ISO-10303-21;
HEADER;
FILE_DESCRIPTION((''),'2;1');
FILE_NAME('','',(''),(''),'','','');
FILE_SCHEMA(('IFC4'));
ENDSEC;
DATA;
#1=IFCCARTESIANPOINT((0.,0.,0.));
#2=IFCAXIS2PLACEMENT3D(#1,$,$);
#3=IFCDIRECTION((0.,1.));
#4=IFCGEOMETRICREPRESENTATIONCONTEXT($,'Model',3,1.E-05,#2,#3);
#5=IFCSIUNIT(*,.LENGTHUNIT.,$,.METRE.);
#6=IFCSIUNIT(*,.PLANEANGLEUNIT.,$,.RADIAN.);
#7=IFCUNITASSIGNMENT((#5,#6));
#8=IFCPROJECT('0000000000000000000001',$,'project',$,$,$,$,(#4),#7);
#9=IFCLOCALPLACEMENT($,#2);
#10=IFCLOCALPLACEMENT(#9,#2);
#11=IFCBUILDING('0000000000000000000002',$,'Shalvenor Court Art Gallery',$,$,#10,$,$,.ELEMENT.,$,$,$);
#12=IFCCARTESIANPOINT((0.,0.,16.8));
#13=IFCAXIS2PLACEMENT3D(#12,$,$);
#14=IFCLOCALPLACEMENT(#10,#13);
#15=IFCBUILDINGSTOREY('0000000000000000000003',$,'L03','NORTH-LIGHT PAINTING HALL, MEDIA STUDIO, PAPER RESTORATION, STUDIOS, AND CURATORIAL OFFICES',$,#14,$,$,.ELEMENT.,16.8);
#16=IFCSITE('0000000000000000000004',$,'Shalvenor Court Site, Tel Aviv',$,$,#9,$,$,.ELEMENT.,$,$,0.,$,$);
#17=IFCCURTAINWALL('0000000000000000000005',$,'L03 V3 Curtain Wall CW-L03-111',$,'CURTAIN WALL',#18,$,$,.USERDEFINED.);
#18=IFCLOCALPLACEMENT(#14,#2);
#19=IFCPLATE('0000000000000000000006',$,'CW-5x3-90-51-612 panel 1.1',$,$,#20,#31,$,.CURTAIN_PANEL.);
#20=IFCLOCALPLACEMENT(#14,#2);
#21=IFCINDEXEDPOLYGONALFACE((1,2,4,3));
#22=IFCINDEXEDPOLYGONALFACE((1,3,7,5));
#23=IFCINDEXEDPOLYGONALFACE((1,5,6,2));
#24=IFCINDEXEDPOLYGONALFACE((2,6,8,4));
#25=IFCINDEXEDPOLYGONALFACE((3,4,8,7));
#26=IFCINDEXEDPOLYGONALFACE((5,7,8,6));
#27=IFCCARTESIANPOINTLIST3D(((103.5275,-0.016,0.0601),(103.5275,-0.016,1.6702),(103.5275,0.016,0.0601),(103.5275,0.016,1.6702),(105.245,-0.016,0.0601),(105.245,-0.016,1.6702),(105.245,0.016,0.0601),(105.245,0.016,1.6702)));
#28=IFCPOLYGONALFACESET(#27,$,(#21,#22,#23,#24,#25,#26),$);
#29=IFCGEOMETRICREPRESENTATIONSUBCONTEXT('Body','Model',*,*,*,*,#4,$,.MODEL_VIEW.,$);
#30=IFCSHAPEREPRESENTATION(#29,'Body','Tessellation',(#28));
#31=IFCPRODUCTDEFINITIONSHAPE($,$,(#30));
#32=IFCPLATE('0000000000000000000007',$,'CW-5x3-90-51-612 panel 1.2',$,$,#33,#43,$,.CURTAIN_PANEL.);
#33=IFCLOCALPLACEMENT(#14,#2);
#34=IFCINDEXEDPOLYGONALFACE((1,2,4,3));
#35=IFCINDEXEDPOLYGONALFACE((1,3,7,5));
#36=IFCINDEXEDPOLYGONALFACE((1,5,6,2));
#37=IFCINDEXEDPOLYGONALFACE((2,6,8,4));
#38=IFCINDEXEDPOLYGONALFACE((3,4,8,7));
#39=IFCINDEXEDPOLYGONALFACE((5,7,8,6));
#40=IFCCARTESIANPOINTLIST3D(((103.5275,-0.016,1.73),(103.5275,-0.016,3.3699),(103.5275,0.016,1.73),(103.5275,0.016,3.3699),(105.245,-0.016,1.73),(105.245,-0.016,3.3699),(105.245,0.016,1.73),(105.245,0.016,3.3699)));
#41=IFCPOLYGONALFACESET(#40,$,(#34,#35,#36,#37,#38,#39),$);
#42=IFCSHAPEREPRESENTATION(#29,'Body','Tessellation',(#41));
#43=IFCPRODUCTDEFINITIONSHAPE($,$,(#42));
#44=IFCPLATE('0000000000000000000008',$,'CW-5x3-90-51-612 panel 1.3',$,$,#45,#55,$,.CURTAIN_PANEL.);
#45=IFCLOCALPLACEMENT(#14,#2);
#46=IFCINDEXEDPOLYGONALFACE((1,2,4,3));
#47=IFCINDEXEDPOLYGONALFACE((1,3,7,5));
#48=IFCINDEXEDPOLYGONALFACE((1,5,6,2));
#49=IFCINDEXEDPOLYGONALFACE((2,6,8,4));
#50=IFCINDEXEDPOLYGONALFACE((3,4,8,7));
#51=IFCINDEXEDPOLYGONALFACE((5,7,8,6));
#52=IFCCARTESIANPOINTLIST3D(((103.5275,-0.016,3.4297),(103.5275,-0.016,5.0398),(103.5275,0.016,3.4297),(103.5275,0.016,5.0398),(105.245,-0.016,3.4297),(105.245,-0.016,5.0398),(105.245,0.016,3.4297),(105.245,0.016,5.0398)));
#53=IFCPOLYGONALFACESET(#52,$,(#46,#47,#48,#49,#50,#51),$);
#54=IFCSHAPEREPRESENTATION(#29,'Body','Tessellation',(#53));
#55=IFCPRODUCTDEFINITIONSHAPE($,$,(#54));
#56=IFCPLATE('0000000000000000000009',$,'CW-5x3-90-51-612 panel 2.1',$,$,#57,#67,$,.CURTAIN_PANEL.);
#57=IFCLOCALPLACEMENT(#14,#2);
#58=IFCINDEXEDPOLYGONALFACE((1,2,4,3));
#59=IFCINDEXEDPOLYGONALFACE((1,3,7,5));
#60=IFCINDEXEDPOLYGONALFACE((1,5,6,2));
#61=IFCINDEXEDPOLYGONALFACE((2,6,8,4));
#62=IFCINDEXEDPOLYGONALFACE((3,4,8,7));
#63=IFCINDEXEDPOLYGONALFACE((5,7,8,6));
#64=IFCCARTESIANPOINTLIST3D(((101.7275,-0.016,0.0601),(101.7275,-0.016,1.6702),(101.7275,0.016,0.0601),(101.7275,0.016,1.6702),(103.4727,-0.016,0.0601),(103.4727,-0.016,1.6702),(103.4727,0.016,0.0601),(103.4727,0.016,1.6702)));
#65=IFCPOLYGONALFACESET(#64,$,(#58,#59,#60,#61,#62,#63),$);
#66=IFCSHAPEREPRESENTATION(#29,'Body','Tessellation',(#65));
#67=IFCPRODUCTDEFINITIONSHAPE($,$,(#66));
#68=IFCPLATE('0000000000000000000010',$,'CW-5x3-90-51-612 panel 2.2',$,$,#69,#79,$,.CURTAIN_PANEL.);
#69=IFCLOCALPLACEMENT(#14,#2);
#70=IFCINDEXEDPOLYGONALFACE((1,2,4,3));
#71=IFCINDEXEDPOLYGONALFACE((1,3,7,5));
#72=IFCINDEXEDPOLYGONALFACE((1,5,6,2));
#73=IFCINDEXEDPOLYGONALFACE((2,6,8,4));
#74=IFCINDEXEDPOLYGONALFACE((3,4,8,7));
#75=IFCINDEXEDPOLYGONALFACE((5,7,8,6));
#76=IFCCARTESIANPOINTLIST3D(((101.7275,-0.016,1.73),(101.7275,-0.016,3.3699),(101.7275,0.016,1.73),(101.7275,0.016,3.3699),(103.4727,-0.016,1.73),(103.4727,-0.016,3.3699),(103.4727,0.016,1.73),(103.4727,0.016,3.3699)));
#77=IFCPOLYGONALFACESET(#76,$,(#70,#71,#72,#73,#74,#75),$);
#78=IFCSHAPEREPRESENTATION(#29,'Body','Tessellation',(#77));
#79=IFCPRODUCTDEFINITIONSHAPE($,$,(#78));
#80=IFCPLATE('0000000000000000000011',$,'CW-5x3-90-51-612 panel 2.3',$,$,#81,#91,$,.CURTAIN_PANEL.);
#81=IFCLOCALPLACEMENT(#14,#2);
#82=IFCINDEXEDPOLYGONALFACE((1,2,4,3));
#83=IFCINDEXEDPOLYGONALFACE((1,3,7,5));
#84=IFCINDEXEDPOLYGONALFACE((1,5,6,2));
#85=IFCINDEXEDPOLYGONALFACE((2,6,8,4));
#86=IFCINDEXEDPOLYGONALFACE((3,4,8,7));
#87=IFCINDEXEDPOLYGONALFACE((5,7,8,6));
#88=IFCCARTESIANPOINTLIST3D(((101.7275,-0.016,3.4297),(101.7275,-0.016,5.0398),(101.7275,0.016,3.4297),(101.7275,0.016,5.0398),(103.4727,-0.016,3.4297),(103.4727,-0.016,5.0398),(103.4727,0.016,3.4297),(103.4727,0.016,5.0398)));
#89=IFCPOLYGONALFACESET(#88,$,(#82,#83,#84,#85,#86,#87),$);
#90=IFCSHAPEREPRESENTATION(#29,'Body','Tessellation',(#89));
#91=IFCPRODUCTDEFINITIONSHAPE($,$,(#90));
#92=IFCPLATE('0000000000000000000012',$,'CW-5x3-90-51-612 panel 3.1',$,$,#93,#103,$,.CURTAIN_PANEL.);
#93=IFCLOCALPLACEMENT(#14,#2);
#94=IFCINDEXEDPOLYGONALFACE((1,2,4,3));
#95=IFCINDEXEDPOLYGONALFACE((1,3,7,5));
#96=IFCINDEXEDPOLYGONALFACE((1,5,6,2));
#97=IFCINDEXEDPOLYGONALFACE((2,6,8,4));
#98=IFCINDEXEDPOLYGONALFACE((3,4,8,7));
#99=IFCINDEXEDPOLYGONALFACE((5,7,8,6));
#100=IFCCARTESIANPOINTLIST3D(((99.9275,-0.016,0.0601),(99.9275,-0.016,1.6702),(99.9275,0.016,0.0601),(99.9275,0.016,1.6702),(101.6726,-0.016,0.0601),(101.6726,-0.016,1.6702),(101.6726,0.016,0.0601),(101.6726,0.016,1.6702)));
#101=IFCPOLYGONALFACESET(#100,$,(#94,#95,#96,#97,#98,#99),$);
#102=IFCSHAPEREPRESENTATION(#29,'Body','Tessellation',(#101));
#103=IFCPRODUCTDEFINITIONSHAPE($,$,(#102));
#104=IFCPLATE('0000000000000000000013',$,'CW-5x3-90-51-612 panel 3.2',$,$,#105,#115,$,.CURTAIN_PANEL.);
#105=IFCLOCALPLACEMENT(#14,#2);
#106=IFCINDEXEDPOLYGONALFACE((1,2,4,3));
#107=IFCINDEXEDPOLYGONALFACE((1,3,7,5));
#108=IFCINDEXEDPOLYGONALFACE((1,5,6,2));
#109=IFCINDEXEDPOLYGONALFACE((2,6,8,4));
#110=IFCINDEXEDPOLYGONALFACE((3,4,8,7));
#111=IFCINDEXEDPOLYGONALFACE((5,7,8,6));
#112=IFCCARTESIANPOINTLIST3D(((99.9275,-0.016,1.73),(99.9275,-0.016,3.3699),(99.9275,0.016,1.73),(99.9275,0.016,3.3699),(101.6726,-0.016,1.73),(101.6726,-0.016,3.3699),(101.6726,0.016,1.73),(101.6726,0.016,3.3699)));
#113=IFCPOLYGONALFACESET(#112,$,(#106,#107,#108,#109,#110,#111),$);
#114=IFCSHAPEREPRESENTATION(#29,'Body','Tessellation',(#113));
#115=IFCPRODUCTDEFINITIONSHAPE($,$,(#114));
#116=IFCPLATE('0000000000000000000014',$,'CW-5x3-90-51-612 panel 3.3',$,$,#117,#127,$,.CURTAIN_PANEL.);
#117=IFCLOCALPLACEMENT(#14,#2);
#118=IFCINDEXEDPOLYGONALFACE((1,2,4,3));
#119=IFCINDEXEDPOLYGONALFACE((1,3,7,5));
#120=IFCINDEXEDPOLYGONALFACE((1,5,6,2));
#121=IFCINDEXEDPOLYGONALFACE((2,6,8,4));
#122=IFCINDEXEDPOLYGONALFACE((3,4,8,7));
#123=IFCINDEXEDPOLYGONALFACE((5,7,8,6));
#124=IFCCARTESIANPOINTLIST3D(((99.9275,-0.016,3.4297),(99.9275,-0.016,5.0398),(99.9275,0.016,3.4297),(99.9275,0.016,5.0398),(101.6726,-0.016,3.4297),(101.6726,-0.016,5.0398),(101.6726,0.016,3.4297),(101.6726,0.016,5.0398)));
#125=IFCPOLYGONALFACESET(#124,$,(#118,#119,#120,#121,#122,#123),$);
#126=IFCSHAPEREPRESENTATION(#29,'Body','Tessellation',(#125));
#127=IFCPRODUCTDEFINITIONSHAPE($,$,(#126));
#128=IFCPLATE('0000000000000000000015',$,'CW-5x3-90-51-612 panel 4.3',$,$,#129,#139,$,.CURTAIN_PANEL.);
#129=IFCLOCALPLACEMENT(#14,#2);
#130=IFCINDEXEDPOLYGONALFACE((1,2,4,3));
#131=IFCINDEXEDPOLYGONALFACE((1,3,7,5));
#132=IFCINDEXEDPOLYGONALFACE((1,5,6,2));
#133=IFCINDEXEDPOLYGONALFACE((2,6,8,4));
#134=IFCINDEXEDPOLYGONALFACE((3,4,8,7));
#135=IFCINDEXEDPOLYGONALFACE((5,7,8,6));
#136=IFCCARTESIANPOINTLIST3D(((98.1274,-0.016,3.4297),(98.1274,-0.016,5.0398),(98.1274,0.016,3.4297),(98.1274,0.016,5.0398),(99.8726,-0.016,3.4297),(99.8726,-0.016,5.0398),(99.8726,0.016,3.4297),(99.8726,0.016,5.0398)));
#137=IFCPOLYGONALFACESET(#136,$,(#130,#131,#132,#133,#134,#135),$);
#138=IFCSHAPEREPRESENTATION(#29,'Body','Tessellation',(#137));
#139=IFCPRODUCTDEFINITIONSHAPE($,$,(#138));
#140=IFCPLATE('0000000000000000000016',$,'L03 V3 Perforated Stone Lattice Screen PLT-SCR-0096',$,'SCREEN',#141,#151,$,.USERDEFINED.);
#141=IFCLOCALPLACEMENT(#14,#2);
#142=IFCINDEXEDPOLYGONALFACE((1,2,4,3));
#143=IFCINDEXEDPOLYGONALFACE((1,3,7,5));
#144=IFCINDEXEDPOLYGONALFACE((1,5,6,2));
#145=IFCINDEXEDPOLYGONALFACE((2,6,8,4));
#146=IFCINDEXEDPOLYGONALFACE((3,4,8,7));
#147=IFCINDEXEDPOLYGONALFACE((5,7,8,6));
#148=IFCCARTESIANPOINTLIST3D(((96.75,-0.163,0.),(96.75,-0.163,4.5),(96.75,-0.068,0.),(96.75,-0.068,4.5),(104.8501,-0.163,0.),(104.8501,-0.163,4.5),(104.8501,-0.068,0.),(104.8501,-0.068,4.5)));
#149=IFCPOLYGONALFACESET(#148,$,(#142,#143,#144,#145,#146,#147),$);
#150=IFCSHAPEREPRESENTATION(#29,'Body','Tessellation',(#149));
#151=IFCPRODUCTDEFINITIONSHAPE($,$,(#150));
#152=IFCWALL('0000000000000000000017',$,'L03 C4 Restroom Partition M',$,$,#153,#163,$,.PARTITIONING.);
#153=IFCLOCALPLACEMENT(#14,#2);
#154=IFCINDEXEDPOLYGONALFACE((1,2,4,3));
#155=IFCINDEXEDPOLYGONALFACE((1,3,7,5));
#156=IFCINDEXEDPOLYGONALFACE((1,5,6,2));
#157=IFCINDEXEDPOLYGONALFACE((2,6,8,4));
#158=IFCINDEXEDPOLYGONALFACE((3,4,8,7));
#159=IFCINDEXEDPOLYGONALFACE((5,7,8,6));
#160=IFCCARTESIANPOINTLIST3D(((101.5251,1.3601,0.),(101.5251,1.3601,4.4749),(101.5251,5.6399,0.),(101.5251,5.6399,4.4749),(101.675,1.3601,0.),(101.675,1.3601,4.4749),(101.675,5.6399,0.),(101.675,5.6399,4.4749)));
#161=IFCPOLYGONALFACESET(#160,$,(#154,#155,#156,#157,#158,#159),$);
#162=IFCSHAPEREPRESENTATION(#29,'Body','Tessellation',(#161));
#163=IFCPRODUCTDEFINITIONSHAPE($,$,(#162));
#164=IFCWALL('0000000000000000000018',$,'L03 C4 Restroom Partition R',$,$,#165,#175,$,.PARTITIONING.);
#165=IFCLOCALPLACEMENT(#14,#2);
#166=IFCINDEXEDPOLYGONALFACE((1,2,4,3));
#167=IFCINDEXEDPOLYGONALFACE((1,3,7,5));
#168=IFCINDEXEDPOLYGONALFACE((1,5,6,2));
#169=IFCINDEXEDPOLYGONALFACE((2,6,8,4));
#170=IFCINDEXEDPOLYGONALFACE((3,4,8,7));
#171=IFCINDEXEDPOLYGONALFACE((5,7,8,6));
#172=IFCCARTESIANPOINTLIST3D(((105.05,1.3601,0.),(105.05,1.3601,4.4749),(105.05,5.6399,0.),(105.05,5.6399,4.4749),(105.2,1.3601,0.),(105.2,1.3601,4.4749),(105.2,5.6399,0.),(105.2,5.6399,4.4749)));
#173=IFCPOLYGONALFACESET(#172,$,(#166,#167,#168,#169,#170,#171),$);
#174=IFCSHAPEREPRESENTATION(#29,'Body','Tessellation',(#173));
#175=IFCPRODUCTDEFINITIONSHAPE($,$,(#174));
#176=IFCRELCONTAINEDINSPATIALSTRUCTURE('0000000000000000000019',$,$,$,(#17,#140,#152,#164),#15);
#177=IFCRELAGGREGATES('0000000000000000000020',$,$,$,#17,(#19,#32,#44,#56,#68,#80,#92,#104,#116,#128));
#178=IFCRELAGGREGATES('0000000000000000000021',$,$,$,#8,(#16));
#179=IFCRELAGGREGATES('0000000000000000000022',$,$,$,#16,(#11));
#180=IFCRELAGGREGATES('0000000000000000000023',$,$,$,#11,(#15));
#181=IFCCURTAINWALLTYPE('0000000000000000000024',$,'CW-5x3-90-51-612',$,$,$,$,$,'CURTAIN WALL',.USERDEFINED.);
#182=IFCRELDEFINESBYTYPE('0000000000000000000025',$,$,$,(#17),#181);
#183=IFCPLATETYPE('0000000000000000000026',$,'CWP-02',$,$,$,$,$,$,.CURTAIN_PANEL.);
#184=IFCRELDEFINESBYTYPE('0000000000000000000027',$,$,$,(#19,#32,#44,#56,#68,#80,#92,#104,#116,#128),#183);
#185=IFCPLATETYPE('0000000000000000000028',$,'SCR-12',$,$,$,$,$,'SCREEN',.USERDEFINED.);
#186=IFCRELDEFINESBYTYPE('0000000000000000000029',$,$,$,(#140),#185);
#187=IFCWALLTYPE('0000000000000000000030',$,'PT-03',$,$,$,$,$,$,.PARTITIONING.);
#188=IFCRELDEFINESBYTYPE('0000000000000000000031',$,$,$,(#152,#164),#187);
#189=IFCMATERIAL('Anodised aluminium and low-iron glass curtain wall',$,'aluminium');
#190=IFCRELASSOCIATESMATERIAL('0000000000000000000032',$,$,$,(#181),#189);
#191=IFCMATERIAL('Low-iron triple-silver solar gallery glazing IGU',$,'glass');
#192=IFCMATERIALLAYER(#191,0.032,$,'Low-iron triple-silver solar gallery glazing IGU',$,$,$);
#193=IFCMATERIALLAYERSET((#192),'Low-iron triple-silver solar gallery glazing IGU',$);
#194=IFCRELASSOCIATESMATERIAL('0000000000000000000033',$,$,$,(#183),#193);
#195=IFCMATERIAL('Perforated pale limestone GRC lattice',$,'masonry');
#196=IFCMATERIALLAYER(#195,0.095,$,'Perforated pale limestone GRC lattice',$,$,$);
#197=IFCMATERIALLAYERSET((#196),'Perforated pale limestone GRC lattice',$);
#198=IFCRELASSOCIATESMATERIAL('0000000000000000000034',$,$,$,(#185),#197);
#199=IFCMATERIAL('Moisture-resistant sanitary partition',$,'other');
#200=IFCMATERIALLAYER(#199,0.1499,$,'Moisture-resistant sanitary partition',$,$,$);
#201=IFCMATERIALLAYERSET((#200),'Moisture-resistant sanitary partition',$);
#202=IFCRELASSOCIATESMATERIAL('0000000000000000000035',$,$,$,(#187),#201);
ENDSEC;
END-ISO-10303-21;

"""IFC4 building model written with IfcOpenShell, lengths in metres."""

from ifc_helpers import new_model, si_unit, direction, frame, frame_2d, origin, origin_2d, place, context, subcontext, project, spatial, rectangle, extrude, material, layer, layer_set, type_object, element, aggregate, save


model = new_model("IFC4")

# Units and contexts
model_context = context("Model", 3, precision=1e-05, world=origin(), true_north=direction((0.0, 1.0)))
body_context = subcontext(model_context, "Body", "Model", "MODEL_VIEW")
ifc_project = project(units=[si_unit("LENGTHUNIT", "METRE"), si_unit("PLANEANGLEUNIT", "RADIAN")], contexts=[model_context])

# Site, building, storey
site_placement = place(None, origin())
site = spatial("IfcSite", under=ifc_project, at=site_placement, Name="Shalvenor Court Site, Tel Aviv", CompositionType="ELEMENT", RefElevation=0.0)
building_placement = place(site_placement, origin())
building = spatial("IfcBuilding", under=site, at=building_placement, Name="Shalvenor Court Art Gallery", CompositionType="ELEMENT")
storey_placement = place(building_placement, frame((0.0, 0.0, 16.8)))
storey = spatial("IfcBuildingStorey", under=building, at=storey_placement, Name="L03", Description="NORTH-LIGHT PAINTING HALL, MEDIA STUDIO, PAPER RESTORATION, STUDIOS, AND CURATORIAL OFFICES", CompositionType="ELEMENT", Elevation=16.8)

# Curtain wall
ifc_material_1 = material(Name="Anodised aluminium and low-iron glass curtain wall", Category="aluminium")
curtain_wall_type = type_object("IfcCurtainWallType", Name="CW-5x3-90-51-612", ElementType="CURTAIN WALL", PredefinedType="USERDEFINED", material=ifc_material_1)
curtain_wall_placement = place(storey_placement, origin())
curtain_wall = element("IfcCurtainWall", 1, at=curtain_wall_placement, inside=storey, type_object=curtain_wall_type, Name="L03 V3 Curtain Wall CW-L03-111", ObjectType="CURTAIN WALL", PredefinedType="USERDEFINED")

# Plates
ifc_material_2 = material(Name="Low-iron triple-silver solar gallery glazing IGU", Category="glass")
ifc_layer_1 = layer(ifc_material_2, 0.032, Name="Low-iron triple-silver solar gallery glazing IGU")
ifc_layer_set_1 = layer_set([ifc_layer_1], Name="Low-iron triple-silver solar gallery glazing IGU")
plate_type_1 = type_object("IfcPlateType", Name="CWP-02", PredefinedType="CURTAIN_PANEL", material=ifc_layer_set_1)
plate_1_placement = place(storey_placement, frame((104.3862, 0.0, 0.0601), z_axis=(0.0, 0.0, 1.0), x_axis=(-1.0, 0.0, 0.0)))
plate_1 = element("IfcPlate", 2, at=plate_1_placement, type_object=plate_type_1, Name="CW-5x3-90-51-612 panel 1.1", PredefinedType="CURTAIN_PANEL", context=body_context, shape_type="SweptSolid", body=[
    extrude(rectangle(XDim=1.7175, YDim=0.032, at=origin_2d()), origin(), (0.0, 0.0, 1.0), 1.6101),
])
plate_2_placement = place(storey_placement, frame((104.3862, 0.0, 1.73), z_axis=(0.0, 0.0, 1.0), x_axis=(-1.0, 0.0, 0.0)))
plate_2 = element("IfcPlate", 3, at=plate_2_placement, type_object=plate_type_1, Name="CW-5x3-90-51-612 panel 1.2", PredefinedType="CURTAIN_PANEL", context=body_context, shape_type="SweptSolid", body=[
    extrude(rectangle(XDim=1.7175, YDim=0.032, at=origin_2d()), origin(), (0.0, 0.0, 1.0), 1.6399),
])
plate_3_placement = place(storey_placement, frame((104.3862, 0.0, 3.4297), z_axis=(0.0, 0.0, 1.0), x_axis=(-1.0, 0.0, 0.0)))
plate_3 = element("IfcPlate", 4, at=plate_3_placement, type_object=plate_type_1, Name="CW-5x3-90-51-612 panel 1.3", PredefinedType="CURTAIN_PANEL", context=body_context, shape_type="SweptSolid", body=[
    extrude(rectangle(XDim=1.7175, YDim=0.032, at=origin_2d()), origin(), (0.0, 0.0, 1.0), 1.6101),
])
plate_4_placement = place(storey_placement, frame((102.6001, 0.0, 0.0601), z_axis=(0.0, 0.0, 1.0), x_axis=(-1.0, 0.0, 0.0)))
plate_4 = element("IfcPlate", 5, at=plate_4_placement, type_object=plate_type_1, Name="CW-5x3-90-51-612 panel 2.1", PredefinedType="CURTAIN_PANEL", context=body_context, shape_type="SweptSolid", body=[
    extrude(rectangle(XDim=1.7451, YDim=0.032, at=origin_2d()), origin(), (0.0, 0.0, 1.0), 1.6101),
])
plate_5_placement = place(storey_placement, frame((102.6001, 0.0, 1.73), z_axis=(0.0, 0.0, 1.0), x_axis=(-1.0, 0.0, 0.0)))
plate_5 = element("IfcPlate", 6, at=plate_5_placement, type_object=plate_type_1, Name="CW-5x3-90-51-612 panel 2.2", PredefinedType="CURTAIN_PANEL", context=body_context, shape_type="SweptSolid", body=[
    extrude(rectangle(XDim=1.7451, YDim=0.032, at=origin_2d()), origin(), (0.0, 0.0, 1.0), 1.6399),
])
plate_6_placement = place(storey_placement, frame((102.6001, 0.0, 3.4297), z_axis=(0.0, 0.0, 1.0), x_axis=(-1.0, 0.0, 0.0)))
plate_6 = element("IfcPlate", 7, at=plate_6_placement, type_object=plate_type_1, Name="CW-5x3-90-51-612 panel 2.3", PredefinedType="CURTAIN_PANEL", context=body_context, shape_type="SweptSolid", body=[
    extrude(rectangle(XDim=1.7451, YDim=0.032, at=origin_2d()), origin(), (0.0, 0.0, 1.0), 1.6101),
])
plate_7_placement = place(storey_placement, frame((100.8, 0.0, 0.0601), z_axis=(0.0, 0.0, 1.0), x_axis=(-1.0, 0.0, 0.0)))
plate_7 = element("IfcPlate", 8, at=plate_7_placement, type_object=plate_type_1, Name="CW-5x3-90-51-612 panel 3.1", PredefinedType="CURTAIN_PANEL", context=body_context, shape_type="SweptSolid", body=[
    extrude(rectangle(XDim=1.7451, YDim=0.032, at=origin_2d()), origin(), (0.0, 0.0, 1.0), 1.6101),
])
plate_8_placement = place(storey_placement, frame((100.8, 0.0, 1.73), z_axis=(0.0, 0.0, 1.0), x_axis=(-1.0, 0.0, 0.0)))
plate_8 = element("IfcPlate", 9, at=plate_8_placement, type_object=plate_type_1, Name="CW-5x3-90-51-612 panel 3.2", PredefinedType="CURTAIN_PANEL", context=body_context, shape_type="SweptSolid", body=[
    extrude(rectangle(XDim=1.7451, YDim=0.032, at=origin_2d()), origin(), (0.0, 0.0, 1.0), 1.6399),
])
plate_9_placement = place(storey_placement, frame((100.8, 0.0, 3.4297), z_axis=(0.0, 0.0, 1.0), x_axis=(-1.0, 0.0, 0.0)))
plate_9 = element("IfcPlate", 10, at=plate_9_placement, type_object=plate_type_1, Name="CW-5x3-90-51-612 panel 3.3", PredefinedType="CURTAIN_PANEL", context=body_context, shape_type="SweptSolid", body=[
    extrude(rectangle(XDim=1.7451, YDim=0.032, at=origin_2d()), origin(), (0.0, 0.0, 1.0), 1.6101),
])
plate_10_placement = place(storey_placement, frame((99.0, 0.0, 3.4297), z_axis=(0.0, 0.0, 1.0), x_axis=(-1.0, 0.0, 0.0)))
plate_10 = element("IfcPlate", 11, at=plate_10_placement, type_object=plate_type_1, Name="CW-5x3-90-51-612 panel 4.3", PredefinedType="CURTAIN_PANEL", context=body_context, shape_type="SweptSolid", body=[
    extrude(rectangle(XDim=1.7451, YDim=0.032, at=origin_2d()), origin(), (0.0, 0.0, 1.0), 1.6101),
])
aggregate(curtain_wall, [plate_1, plate_2, plate_3, plate_4, plate_5, plate_6, plate_7, plate_8, plate_9, plate_10])
ifc_material_3 = material(Name="Perforated pale limestone GRC lattice", Category="masonry")
ifc_layer_2 = layer(ifc_material_3, 0.095, Name="Perforated pale limestone GRC lattice")
ifc_layer_set_2 = layer_set([ifc_layer_2], Name="Perforated pale limestone GRC lattice")
plate_type_2 = type_object("IfcPlateType", Name="SCR-12", ElementType="SCREEN", PredefinedType="USERDEFINED", material=ifc_layer_set_2)
plate_11_placement = place(storey_placement, frame((100.8, -0.1155, 0.0), z_axis=(0.0, 0.0, 1.0), x_axis=(-1.0, 0.0, 0.0)))
element("IfcPlate", 12, at=plate_11_placement, inside=storey, type_object=plate_type_2, Name="L03 V3 Perforated Stone Lattice Screen PLT-SCR-0096", ObjectType="SCREEN", PredefinedType="USERDEFINED", context=body_context, shape_type="SweptSolid", body=[
    extrude(rectangle(XDim=8.1001, YDim=0.095, at=origin_2d()), origin(), (0.0, 0.0, 1.0), 4.5),
])

# Walls
ifc_material_4 = material(Name="Moisture-resistant sanitary partition", Category="other")
ifc_layer_3 = layer(ifc_material_4, 0.1499, Name="Moisture-resistant sanitary partition")
ifc_layer_set_3 = layer_set([ifc_layer_3], Name="Moisture-resistant sanitary partition")
wall_type_1 = type_object("IfcWallType", Name="PT-03", PredefinedType="PARTITIONING", material=ifc_layer_set_3)
for number, where, z_axis, x_axis, name in (
    (13, (101.6001, 1.3601, 0.0), (0.0, 0.0, 1.0), (0.0, 1.0, 0.0), "L03 C4 Restroom Partition M"),
    (14, (105.125, 1.3601, 0.0), (0.0, 0.0, 1.0), (0.0, 1.0, 0.0), "L03 C4 Restroom Partition R"),
):
    element("IfcWall", number, at=place(storey_placement, frame(where, z_axis=z_axis, x_axis=x_axis)), inside=storey, type_object=wall_type_1, Name=name, PredefinedType="PARTITIONING", context=body_context, shape_type="SweptSolid", body=[
        extrude(rectangle(XDim=4.2798, YDim=0.1499, at=frame_2d((2.1399, 0.0))), origin(), (0.0, 0.0, 1.0), 4.4749),
    ])

save(model, "model.ifc")
